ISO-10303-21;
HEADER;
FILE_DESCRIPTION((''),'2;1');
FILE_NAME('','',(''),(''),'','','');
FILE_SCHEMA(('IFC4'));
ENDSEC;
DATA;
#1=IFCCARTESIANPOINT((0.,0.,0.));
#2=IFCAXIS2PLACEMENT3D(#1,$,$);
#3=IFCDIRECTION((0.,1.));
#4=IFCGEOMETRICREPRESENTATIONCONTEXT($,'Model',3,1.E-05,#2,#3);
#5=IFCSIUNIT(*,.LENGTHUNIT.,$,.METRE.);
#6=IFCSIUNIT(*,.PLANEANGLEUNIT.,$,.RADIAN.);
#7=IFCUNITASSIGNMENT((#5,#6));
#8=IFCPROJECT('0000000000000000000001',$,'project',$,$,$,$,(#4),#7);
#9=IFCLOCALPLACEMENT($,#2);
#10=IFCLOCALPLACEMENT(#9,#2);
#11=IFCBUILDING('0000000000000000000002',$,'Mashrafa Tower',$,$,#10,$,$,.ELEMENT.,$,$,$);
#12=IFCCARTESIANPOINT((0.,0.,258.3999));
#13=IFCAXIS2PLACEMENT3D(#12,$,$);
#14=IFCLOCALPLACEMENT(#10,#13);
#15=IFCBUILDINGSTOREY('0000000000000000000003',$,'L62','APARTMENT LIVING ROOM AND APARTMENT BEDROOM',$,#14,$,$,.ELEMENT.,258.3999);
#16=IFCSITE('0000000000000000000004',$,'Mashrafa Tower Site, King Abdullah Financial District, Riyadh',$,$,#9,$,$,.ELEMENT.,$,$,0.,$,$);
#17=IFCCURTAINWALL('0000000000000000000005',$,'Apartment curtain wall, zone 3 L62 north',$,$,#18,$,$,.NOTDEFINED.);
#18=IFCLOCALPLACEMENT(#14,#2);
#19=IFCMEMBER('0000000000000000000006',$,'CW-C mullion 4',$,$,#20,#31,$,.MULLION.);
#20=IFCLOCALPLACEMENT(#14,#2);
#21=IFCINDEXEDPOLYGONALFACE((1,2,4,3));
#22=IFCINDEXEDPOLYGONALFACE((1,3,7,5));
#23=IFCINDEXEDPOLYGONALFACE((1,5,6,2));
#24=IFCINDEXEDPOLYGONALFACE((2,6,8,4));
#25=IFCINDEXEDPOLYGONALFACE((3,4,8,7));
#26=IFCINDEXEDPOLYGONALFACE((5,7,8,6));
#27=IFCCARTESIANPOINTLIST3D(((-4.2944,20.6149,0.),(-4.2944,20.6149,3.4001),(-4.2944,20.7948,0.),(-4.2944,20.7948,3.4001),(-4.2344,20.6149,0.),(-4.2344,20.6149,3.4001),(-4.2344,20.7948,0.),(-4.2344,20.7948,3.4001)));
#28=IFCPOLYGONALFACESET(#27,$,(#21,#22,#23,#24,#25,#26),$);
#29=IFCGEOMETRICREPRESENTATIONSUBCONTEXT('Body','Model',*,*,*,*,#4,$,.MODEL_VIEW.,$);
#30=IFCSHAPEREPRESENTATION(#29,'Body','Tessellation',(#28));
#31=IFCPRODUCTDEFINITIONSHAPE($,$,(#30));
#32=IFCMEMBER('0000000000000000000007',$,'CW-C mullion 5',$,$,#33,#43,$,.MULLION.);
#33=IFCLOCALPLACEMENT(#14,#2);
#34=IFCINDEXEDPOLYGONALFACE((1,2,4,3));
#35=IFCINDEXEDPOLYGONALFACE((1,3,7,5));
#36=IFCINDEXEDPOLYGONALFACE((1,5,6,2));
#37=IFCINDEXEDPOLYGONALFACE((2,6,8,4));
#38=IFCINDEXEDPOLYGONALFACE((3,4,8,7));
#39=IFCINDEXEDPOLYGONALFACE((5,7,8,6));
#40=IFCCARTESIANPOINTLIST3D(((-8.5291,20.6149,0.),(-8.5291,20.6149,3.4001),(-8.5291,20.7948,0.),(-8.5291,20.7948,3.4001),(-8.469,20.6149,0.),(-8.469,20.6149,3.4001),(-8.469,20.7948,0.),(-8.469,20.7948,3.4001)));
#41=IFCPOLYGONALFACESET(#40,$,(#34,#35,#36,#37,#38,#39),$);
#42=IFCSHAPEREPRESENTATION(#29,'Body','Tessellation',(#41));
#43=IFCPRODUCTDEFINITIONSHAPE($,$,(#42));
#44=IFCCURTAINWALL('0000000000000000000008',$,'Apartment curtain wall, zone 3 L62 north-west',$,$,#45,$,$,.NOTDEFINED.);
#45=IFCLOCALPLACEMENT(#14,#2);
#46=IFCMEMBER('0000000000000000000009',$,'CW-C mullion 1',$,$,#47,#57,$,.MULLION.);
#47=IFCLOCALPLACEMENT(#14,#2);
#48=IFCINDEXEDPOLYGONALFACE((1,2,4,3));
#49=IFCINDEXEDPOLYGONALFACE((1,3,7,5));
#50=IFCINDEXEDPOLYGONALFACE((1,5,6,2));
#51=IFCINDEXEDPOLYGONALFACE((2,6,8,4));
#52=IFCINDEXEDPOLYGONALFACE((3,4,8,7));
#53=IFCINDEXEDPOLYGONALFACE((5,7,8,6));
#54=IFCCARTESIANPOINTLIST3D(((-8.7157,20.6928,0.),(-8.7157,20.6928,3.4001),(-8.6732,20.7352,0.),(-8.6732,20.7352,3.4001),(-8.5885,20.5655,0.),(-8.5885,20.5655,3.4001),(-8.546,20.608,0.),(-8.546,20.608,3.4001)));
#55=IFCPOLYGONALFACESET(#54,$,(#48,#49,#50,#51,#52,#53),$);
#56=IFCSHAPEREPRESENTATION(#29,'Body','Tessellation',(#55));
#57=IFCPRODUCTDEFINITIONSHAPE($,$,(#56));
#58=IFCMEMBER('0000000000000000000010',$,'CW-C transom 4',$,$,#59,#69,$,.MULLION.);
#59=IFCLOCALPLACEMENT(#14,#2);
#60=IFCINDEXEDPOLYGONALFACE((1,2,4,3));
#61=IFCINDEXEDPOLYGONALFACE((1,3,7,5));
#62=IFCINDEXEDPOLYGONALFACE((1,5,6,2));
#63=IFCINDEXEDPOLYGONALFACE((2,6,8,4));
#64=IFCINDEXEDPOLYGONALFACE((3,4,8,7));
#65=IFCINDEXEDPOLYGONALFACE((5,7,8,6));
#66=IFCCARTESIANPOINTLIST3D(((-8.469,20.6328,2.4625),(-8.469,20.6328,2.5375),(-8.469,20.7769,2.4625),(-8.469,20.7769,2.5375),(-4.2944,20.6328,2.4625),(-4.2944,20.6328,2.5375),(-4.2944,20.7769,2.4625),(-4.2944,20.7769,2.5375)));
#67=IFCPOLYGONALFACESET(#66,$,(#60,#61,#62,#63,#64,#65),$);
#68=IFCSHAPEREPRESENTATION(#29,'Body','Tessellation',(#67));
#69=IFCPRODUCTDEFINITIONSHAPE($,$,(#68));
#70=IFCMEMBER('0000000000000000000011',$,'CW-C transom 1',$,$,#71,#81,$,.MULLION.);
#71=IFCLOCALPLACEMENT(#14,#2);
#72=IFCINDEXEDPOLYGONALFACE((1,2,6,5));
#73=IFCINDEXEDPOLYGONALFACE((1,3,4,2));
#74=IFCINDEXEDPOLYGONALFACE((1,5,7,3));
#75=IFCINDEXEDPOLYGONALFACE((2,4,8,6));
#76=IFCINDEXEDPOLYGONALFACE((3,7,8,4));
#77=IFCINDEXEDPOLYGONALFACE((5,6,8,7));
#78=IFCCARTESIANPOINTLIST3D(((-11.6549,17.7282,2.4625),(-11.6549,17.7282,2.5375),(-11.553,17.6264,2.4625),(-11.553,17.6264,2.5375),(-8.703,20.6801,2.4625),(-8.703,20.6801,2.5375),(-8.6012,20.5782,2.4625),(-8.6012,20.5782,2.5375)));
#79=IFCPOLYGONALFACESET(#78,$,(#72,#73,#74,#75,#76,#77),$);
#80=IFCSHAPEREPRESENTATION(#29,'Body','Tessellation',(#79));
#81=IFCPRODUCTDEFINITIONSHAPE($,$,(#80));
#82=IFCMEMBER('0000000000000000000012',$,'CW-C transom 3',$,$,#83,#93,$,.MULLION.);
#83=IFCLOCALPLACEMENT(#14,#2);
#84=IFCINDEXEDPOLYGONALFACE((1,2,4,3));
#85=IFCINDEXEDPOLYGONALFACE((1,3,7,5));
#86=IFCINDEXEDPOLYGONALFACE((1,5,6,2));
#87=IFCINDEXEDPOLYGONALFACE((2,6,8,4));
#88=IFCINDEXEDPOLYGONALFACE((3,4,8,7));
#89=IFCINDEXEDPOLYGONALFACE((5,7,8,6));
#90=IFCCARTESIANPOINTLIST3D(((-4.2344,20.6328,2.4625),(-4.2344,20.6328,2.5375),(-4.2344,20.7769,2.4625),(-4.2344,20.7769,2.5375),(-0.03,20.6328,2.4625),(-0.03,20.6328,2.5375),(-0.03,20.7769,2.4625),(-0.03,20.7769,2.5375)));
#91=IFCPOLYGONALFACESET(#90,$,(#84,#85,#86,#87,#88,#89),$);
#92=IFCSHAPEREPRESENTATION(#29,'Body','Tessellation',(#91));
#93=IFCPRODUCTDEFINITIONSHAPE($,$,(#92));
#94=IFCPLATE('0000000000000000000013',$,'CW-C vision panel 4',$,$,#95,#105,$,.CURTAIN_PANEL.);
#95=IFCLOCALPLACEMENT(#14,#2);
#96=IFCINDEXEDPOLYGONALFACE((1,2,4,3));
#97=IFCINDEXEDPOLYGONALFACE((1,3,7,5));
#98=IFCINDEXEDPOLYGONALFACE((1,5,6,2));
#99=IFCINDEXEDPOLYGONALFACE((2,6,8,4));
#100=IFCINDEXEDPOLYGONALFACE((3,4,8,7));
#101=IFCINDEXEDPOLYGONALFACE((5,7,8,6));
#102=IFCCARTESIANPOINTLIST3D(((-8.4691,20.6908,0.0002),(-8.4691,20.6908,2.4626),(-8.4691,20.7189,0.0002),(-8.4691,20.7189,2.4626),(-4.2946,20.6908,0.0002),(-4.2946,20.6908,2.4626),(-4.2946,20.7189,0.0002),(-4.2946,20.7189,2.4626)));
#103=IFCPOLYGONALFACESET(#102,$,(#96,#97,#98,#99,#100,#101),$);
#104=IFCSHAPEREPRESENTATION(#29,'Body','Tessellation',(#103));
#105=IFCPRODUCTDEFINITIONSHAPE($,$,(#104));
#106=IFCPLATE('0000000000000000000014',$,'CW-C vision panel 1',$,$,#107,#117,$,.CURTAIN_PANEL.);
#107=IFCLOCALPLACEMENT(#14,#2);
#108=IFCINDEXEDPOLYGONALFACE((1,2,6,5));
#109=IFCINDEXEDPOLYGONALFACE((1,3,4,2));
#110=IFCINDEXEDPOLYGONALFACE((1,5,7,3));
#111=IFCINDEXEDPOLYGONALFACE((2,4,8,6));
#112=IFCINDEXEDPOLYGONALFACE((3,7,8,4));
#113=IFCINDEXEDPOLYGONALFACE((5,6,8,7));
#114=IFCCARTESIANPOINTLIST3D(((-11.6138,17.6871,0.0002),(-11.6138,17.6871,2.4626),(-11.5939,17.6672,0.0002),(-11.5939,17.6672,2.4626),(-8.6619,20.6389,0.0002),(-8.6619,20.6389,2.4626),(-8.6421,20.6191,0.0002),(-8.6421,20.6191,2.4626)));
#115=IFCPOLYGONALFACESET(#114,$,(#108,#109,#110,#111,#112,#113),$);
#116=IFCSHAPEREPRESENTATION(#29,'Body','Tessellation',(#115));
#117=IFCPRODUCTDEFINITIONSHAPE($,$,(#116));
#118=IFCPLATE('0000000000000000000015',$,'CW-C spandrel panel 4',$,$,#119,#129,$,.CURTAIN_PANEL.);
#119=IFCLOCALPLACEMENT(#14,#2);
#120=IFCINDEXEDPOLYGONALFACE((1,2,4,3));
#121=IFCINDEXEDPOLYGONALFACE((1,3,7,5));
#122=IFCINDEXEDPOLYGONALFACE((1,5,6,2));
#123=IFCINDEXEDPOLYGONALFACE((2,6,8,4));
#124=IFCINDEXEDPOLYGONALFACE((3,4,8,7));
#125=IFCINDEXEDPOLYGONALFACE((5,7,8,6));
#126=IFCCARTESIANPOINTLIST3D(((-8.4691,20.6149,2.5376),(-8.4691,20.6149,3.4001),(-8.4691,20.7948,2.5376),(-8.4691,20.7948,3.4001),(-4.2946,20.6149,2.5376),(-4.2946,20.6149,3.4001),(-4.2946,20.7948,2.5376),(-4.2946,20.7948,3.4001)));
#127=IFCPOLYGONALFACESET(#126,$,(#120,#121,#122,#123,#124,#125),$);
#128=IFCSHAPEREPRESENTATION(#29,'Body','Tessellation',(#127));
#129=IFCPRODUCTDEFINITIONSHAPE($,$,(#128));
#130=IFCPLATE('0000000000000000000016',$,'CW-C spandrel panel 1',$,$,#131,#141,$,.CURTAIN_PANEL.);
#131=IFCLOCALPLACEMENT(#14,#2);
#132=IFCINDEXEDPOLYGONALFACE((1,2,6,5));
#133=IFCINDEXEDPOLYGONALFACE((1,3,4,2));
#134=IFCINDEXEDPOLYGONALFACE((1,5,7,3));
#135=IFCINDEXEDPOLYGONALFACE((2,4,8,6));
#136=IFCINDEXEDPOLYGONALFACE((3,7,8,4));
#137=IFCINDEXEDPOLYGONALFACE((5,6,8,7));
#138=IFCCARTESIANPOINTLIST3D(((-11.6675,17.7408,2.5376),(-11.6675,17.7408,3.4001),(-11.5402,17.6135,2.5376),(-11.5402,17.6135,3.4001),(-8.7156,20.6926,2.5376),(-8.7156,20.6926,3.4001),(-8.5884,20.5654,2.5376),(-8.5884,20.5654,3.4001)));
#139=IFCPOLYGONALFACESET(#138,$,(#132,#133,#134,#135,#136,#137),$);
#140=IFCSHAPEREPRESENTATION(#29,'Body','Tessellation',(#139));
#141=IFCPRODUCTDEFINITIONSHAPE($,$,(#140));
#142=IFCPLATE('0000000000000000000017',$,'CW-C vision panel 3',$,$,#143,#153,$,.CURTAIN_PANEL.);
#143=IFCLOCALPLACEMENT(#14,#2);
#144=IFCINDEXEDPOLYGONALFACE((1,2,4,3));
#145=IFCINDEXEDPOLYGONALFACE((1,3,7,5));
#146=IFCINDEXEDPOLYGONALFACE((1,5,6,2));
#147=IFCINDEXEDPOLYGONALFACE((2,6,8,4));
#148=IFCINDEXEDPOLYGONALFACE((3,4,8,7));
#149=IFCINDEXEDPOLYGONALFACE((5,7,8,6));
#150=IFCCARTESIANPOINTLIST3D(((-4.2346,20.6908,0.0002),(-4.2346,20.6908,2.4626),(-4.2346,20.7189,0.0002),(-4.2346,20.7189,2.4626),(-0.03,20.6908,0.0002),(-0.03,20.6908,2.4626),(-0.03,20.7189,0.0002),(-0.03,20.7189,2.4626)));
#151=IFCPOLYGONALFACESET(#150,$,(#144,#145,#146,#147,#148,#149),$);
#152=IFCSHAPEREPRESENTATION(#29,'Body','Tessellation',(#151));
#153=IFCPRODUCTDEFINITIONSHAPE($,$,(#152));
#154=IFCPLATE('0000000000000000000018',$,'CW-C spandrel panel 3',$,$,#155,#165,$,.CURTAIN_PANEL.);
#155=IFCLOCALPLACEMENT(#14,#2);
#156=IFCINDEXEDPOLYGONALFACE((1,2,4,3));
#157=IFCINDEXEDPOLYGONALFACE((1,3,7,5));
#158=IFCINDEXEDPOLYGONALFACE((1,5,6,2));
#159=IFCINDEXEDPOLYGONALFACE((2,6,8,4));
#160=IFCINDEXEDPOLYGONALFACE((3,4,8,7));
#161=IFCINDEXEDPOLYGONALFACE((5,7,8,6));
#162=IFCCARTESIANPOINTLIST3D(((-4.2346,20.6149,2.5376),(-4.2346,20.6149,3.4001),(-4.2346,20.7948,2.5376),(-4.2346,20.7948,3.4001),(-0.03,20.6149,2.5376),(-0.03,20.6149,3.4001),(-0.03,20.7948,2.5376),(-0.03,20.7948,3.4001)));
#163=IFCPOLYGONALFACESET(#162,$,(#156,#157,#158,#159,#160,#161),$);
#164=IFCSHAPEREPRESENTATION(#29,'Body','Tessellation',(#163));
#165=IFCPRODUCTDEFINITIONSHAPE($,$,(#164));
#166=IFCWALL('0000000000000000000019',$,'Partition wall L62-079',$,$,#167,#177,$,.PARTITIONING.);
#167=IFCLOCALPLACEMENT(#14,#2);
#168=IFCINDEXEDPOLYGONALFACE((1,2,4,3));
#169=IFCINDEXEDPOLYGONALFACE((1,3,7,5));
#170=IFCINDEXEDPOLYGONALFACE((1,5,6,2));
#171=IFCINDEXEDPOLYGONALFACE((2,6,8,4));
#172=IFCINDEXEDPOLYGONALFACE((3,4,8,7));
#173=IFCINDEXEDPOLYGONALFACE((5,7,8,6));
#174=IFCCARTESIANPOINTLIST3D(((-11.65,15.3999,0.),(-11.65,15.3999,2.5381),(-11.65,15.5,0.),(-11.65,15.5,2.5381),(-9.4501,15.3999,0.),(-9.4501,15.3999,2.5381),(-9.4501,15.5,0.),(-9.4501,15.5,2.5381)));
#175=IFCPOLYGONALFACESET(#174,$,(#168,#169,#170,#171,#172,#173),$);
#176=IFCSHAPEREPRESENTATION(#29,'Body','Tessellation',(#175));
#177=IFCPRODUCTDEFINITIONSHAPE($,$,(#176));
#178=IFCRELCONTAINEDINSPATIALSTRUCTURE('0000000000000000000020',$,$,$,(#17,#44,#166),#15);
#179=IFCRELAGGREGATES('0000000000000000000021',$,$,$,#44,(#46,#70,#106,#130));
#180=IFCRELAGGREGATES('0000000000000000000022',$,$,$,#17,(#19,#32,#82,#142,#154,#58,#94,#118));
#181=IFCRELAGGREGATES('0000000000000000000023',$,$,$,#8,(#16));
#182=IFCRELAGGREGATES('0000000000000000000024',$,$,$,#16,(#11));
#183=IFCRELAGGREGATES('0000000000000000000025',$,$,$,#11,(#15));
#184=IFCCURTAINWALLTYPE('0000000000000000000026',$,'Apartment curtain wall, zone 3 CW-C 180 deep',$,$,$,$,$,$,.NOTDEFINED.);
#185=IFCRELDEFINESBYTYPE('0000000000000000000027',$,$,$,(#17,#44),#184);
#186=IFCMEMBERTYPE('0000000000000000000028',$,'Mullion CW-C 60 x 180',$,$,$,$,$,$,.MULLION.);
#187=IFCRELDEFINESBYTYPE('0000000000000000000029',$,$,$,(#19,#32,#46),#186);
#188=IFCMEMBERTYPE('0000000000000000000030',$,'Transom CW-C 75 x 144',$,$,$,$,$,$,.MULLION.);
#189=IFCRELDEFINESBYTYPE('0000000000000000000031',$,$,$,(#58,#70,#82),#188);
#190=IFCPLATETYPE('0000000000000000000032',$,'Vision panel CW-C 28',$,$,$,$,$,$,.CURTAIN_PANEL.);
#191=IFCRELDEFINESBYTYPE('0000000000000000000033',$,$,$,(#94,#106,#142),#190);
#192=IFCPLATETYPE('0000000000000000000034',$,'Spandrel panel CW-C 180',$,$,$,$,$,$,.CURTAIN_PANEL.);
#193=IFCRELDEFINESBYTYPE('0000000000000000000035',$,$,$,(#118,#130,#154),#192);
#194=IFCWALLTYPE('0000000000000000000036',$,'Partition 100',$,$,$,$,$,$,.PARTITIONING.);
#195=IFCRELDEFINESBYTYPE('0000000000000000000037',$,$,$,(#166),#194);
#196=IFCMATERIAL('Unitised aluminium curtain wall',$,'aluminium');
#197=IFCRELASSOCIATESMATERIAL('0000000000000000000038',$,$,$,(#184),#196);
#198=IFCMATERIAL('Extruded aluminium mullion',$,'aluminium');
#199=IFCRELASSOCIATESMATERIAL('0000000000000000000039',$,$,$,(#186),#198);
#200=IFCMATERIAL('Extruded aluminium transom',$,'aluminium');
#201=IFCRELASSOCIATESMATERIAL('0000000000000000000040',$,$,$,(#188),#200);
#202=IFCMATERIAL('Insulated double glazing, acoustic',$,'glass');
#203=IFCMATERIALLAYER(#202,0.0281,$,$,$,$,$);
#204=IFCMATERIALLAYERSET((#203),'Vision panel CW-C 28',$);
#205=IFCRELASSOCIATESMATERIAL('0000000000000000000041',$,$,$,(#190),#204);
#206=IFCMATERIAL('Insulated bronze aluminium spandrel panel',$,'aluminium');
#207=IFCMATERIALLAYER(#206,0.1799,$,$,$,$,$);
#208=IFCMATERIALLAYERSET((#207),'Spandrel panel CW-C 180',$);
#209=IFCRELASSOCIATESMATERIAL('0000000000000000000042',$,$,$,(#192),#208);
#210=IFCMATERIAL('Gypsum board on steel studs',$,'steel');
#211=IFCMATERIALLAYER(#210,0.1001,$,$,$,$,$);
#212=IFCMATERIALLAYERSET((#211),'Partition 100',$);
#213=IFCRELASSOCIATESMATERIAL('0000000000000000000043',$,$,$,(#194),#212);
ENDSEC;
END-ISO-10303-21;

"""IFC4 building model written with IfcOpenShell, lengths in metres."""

from ifc_helpers import new_model, si_unit, direction, frame, frame_2d, origin, origin_2d, place, context, subcontext, project, spatial, rectangle, extrude, source, transform, mapped, material, layer, layer_set, material_profile, profile_set, type_object, type_shapes, element, aggregate, save


model = new_model("IFC4")

# Units and contexts
model_context = context("Model", 3, precision=1e-05, world=origin(), true_north=direction((0.0, 1.0)))
body_context = subcontext(model_context, "Body", "Model", "MODEL_VIEW")
ifc_project = project(units=[si_unit("LENGTHUNIT", "METRE"), si_unit("PLANEANGLEUNIT", "RADIAN")], contexts=[model_context])

# Site, building, storey
site_placement = place(None, origin())
site = spatial("IfcSite", under=ifc_project, at=site_placement, Name="Mashrafa Tower Site, King Abdullah Financial District, Riyadh", CompositionType="ELEMENT", RefElevation=0.0)
building_placement = place(site_placement, origin())
building = spatial("IfcBuilding", under=site, at=building_placement, Name="Mashrafa Tower", CompositionType="ELEMENT")
storey_placement = place(building_placement, frame((0.0, 0.0, 258.3999)))
storey = spatial("IfcBuildingStorey", under=building, at=storey_placement, Name="L62", Description="APARTMENT LIVING ROOM AND APARTMENT BEDROOM", CompositionType="ELEMENT", Elevation=258.3999)

# Curtain wall, members
ifc_material_1 = material(Name="Unitised aluminium curtain wall", Category="aluminium")
curtain_wall_type = type_object("IfcCurtainWallType", Name="Apartment curtain wall, zone 3 CW-C 180 deep", PredefinedType="NOTDEFINED", material=ifc_material_1)
curtain_wall_1_placement = place(storey_placement, origin())
curtain_wall_1 = element("IfcCurtainWall", 1, at=curtain_wall_1_placement, inside=storey, type_object=curtain_wall_type, Name="Apartment curtain wall, zone 3 L62 north", PredefinedType="NOTDEFINED")
ifc_material_2 = material(Name="Extruded aluminium mullion", Category="aluminium")
ifc_material_profile_1 = material_profile(ifc_material_2, rectangle(XDim=0.1799, YDim=0.0601, at=origin_2d()), Name="Mullion 60x180")
ifc_profile_set_1 = profile_set([ifc_material_profile_1], Name="Extruded aluminium mullion")
member_type_1 = type_object("IfcMemberType", Name="Mullion CW-C 60 x 180", PredefinedType="MULLION", material=ifc_profile_set_1)
shared_shape_1 = source(origin(), body_context, "Body", "SweptSolid", [
    extrude(rectangle(XDim=0.1799, YDim=0.0601, at=origin_2d()), origin(), (0.0, 0.0, 1.0), 3.4001),
])
type_shapes(member_type_1, [shared_shape_1])
member_1_placement = place(storey_placement, frame((-4.2644, 20.7048, 0.0), z_axis=(0.0, 0.0, 1.0), x_axis=(0.0, -1.0, 0.0)))
member_1 = element("IfcMember", 2, at=member_1_placement, type_object=member_type_1, Name="CW-C mullion 4", PredefinedType="MULLION", context=body_context, shape_type="MappedRepresentation", body=[
    mapped(shared_shape_1, transform((0.0, 0.0, 0.0))),
])
member_2_placement = place(storey_placement, frame((-8.499, 20.7048, 0.0), z_axis=(0.0, 0.0, 1.0), x_axis=(0.0, -1.0, 0.0)))
member_2 = element("IfcMember", 3, at=member_2_placement, type_object=member_type_1, Name="CW-C mullion 5", PredefinedType="MULLION", context=body_context, shape_type="MappedRepresentation", body=[
    mapped(shared_shape_1, transform((0.0, 0.0, 0.0))),
])

# Curtain wall, member
curtain_wall_2_placement = place(storey_placement, origin())
curtain_wall_2 = element("IfcCurtainWall", 4, at=curtain_wall_2_placement, inside=storey, type_object=curtain_wall_type, Name="Apartment curtain wall, zone 3 L62 north-west", PredefinedType="NOTDEFINED")
member_3_placement = place(storey_placement, frame((-8.6309, 20.6504, 0.0), z_axis=(0.0, 0.0, 1.0), x_axis=(0.707107, -0.707107, 0.0)))
member_3 = element("IfcMember", 5, at=member_3_placement, type_object=member_type_1, Name="CW-C mullion 1", PredefinedType="MULLION", context=body_context, shape_type="MappedRepresentation", body=[
    mapped(shared_shape_1, transform((0.0, 0.0, 0.0))),
])

# Members
ifc_material_3 = material(Name="Extruded aluminium transom", Category="aluminium")
ifc_material_profile_2 = material_profile(ifc_material_3, rectangle(XDim=0.144, YDim=0.075, at=origin_2d()), Name="Transom 75x144")
ifc_profile_set_2 = profile_set([ifc_material_profile_2], Name="Extruded aluminium transom")
member_type_2 = type_object("IfcMemberType", Name="Transom CW-C 75 x 144", PredefinedType="MULLION", material=ifc_profile_set_2)
shared_shape_2 = source(origin(), body_context, "Body", "SweptSolid", [
    extrude(rectangle(XDim=0.144, YDim=0.075, at=origin_2d()), origin(), (0.0, 0.0, 1.0), 4.1746),
])
member_4_placement = place(storey_placement, frame((-4.2944, 20.7048, 2.5), z_axis=(-1.0, 0.0, 0.0), x_axis=(0.0, -1.0, 0.0)))
member_4 = element("IfcMember", 6, at=member_4_placement, type_object=member_type_2, Name="CW-C transom 4", PredefinedType="MULLION", context=body_context, shape_type="MappedRepresentation", body=[
    mapped(shared_shape_2, transform((0.0, 0.0, 0.0))),
])
member_5_placement = place(storey_placement, frame((-8.6521, 20.6292, 2.5), z_axis=(-0.707107, -0.707107, 0.0), x_axis=(0.707107, -0.707107, 0.0)))
member_5 = element("IfcMember", 7, at=member_5_placement, type_object=member_type_2, Name="CW-C transom 1", PredefinedType="MULLION", context=body_context, shape_type="MappedRepresentation", body=[
    mapped(shared_shape_2, transform((0.0, 0.0, 0.0))),
])
shared_shape_3 = source(origin(), body_context, "Body", "SweptSolid", [
    extrude(rectangle(XDim=0.144, YDim=0.075, at=origin_2d()), origin(), (0.0, 0.0, 1.0), 4.2043),
])
type_shapes(member_type_2, [shared_shape_2, shared_shape_3])
member_6_placement = place(storey_placement, frame((-0.03, 20.7048, 2.5), z_axis=(-1.0, 0.0, 0.0), x_axis=(0.0, -1.0, 0.0)))
member_6 = element("IfcMember", 8, at=member_6_placement, type_object=member_type_2, Name="CW-C transom 3", PredefinedType="MULLION", context=body_context, shape_type="MappedRepresentation", body=[
    mapped(shared_shape_3, transform((0.0, 0.0, 0.0))),
])

# Plates
ifc_material_4 = material(Name="Insulated double glazing, acoustic", Category="glass")
ifc_layer_1 = layer(ifc_material_4, 0.0281)
ifc_layer_set_1 = layer_set([ifc_layer_1], Name="Vision panel CW-C 28")
plate_type_1 = type_object("IfcPlateType", Name="Vision panel CW-C 28", PredefinedType="CURTAIN_PANEL", material=ifc_layer_set_1)
shared_shape_4 = source(origin(), body_context, "Body", "SweptSolid", [
    extrude(rectangle(XDim=4.1746, YDim=0.0281, at=origin_2d()), origin(), (0.0, 0.0, 1.0), 2.4624),
])
plate_1_placement = place(storey_placement, frame((-6.3818, 20.7048, 0.0002), z_axis=(0.0, 0.0, 1.0), x_axis=(-1.0, 0.0, 0.0)))
plate_1 = element("IfcPlate", 9, at=plate_1_placement, type_object=plate_type_1, Name="CW-C vision panel 4", PredefinedType="CURTAIN_PANEL", context=body_context, shape_type="MappedRepresentation", body=[
    mapped(shared_shape_4, transform((0.0, 0.0, 0.0))),
])
plate_2_placement = place(storey_placement, frame((-10.1279, 19.1531, 0.0002), z_axis=(0.0, 0.0, 1.0), x_axis=(-0.707107, -0.707107, 0.0)))
plate_2 = element("IfcPlate", 10, at=plate_2_placement, type_object=plate_type_1, Name="CW-C vision panel 1", PredefinedType="CURTAIN_PANEL", context=body_context, shape_type="MappedRepresentation", body=[
    mapped(shared_shape_4, transform((0.0, 0.0, 0.0))),
])
ifc_material_5 = material(Name="Insulated bronze aluminium spandrel panel", Category="aluminium")
ifc_layer_2 = layer(ifc_material_5, 0.1799)
ifc_layer_set_2 = layer_set([ifc_layer_2], Name="Spandrel panel CW-C 180")
plate_type_2 = type_object("IfcPlateType", Name="Spandrel panel CW-C 180", PredefinedType="CURTAIN_PANEL", material=ifc_layer_set_2)
shared_shape_5 = source(origin(), body_context, "Body", "SweptSolid", [
    extrude(rectangle(XDim=4.1746, YDim=0.1799, at=origin_2d()), origin(), (0.0, 0.0, 1.0), 0.8625),
])
plate_3_placement = place(storey_placement, frame((-6.3818, 20.7048, 2.5376), z_axis=(0.0, 0.0, 1.0), x_axis=(-1.0, 0.0, 0.0)))
plate_3 = element("IfcPlate", 11, at=plate_3_placement, type_object=plate_type_2, Name="CW-C spandrel panel 4", PredefinedType="CURTAIN_PANEL", context=body_context, shape_type="MappedRepresentation", body=[
    mapped(shared_shape_5, transform((0.0, 0.0, 0.0))),
])
plate_4_placement = place(storey_placement, frame((-10.1279, 19.1531, 2.5376), z_axis=(0.0, 0.0, 1.0), x_axis=(-0.707107, -0.707107, 0.0)))
plate_4 = element("IfcPlate", 12, at=plate_4_placement, type_object=plate_type_2, Name="CW-C spandrel panel 1", PredefinedType="CURTAIN_PANEL", context=body_context, shape_type="MappedRepresentation", body=[
    mapped(shared_shape_5, transform((0.0, 0.0, 0.0))),
])
aggregate(curtain_wall_2, [member_3, member_5, plate_2, plate_4])
shared_shape_6 = source(origin(), body_context, "Body", "SweptSolid", [
    extrude(rectangle(XDim=4.2046, YDim=0.0281, at=origin_2d()), origin(), (0.0, 0.0, 1.0), 2.4624),
])
type_shapes(plate_type_1, [shared_shape_4, shared_shape_6])
plate_5_placement = place(storey_placement, frame((-2.1323, 20.7048, 0.0002), z_axis=(0.0, 0.0, 1.0), x_axis=(-1.0, 0.0, 0.0)))
plate_5 = element("IfcPlate", 13, at=plate_5_placement, type_object=plate_type_1, Name="CW-C vision panel 3", PredefinedType="CURTAIN_PANEL", context=body_context, shape_type="MappedRepresentation", body=[
    mapped(shared_shape_6, transform((0.0, 0.0, 0.0))),
])
shared_shape_7 = source(origin(), body_context, "Body", "SweptSolid", [
    extrude(rectangle(XDim=4.2046, YDim=0.1799, at=origin_2d()), origin(), (0.0, 0.0, 1.0), 0.8625),
])
type_shapes(plate_type_2, [shared_shape_5, shared_shape_7])
plate_6_placement = place(storey_placement, frame((-2.1323, 20.7048, 2.5376), z_axis=(0.0, 0.0, 1.0), x_axis=(-1.0, 0.0, 0.0)))
plate_6 = element("IfcPlate", 14, at=plate_6_placement, type_object=plate_type_2, Name="CW-C spandrel panel 3", PredefinedType="CURTAIN_PANEL", context=body_context, shape_type="MappedRepresentation", body=[
    mapped(shared_shape_7, transform((0.0, 0.0, 0.0))),
])
aggregate(curtain_wall_1, [member_1, member_2, member_6, plate_5, plate_6, member_4, plate_1, plate_3])

# Wall
ifc_material_6 = material(Name="Gypsum board on steel studs", Category="steel")
ifc_layer_3 = layer(ifc_material_6, 0.1001)
ifc_layer_set_3 = layer_set([ifc_layer_3], Name="Partition 100")
wall_type = type_object("IfcWallType", Name="Partition 100", PredefinedType="PARTITIONING", material=ifc_layer_set_3)
wall_1_placement = place(storey_placement, frame((-9.45, 15.45, 0.0), z_axis=(0.0, 0.0, 1.0), x_axis=(-1.0, 0.0, 0.0)))
element("IfcWall", 15, at=wall_1_placement, inside=storey, type_object=wall_type, Name="Partition wall L62-079", PredefinedType="PARTITIONING", context=body_context, shape_type="SweptSolid", body=[
    extrude(rectangle(XDim=2.2, YDim=0.1001, at=frame_2d((1.1001, 0.0))), origin(), (0.0, 0.0, 1.0), 2.5381),
])

save(model, "model.ifc")
